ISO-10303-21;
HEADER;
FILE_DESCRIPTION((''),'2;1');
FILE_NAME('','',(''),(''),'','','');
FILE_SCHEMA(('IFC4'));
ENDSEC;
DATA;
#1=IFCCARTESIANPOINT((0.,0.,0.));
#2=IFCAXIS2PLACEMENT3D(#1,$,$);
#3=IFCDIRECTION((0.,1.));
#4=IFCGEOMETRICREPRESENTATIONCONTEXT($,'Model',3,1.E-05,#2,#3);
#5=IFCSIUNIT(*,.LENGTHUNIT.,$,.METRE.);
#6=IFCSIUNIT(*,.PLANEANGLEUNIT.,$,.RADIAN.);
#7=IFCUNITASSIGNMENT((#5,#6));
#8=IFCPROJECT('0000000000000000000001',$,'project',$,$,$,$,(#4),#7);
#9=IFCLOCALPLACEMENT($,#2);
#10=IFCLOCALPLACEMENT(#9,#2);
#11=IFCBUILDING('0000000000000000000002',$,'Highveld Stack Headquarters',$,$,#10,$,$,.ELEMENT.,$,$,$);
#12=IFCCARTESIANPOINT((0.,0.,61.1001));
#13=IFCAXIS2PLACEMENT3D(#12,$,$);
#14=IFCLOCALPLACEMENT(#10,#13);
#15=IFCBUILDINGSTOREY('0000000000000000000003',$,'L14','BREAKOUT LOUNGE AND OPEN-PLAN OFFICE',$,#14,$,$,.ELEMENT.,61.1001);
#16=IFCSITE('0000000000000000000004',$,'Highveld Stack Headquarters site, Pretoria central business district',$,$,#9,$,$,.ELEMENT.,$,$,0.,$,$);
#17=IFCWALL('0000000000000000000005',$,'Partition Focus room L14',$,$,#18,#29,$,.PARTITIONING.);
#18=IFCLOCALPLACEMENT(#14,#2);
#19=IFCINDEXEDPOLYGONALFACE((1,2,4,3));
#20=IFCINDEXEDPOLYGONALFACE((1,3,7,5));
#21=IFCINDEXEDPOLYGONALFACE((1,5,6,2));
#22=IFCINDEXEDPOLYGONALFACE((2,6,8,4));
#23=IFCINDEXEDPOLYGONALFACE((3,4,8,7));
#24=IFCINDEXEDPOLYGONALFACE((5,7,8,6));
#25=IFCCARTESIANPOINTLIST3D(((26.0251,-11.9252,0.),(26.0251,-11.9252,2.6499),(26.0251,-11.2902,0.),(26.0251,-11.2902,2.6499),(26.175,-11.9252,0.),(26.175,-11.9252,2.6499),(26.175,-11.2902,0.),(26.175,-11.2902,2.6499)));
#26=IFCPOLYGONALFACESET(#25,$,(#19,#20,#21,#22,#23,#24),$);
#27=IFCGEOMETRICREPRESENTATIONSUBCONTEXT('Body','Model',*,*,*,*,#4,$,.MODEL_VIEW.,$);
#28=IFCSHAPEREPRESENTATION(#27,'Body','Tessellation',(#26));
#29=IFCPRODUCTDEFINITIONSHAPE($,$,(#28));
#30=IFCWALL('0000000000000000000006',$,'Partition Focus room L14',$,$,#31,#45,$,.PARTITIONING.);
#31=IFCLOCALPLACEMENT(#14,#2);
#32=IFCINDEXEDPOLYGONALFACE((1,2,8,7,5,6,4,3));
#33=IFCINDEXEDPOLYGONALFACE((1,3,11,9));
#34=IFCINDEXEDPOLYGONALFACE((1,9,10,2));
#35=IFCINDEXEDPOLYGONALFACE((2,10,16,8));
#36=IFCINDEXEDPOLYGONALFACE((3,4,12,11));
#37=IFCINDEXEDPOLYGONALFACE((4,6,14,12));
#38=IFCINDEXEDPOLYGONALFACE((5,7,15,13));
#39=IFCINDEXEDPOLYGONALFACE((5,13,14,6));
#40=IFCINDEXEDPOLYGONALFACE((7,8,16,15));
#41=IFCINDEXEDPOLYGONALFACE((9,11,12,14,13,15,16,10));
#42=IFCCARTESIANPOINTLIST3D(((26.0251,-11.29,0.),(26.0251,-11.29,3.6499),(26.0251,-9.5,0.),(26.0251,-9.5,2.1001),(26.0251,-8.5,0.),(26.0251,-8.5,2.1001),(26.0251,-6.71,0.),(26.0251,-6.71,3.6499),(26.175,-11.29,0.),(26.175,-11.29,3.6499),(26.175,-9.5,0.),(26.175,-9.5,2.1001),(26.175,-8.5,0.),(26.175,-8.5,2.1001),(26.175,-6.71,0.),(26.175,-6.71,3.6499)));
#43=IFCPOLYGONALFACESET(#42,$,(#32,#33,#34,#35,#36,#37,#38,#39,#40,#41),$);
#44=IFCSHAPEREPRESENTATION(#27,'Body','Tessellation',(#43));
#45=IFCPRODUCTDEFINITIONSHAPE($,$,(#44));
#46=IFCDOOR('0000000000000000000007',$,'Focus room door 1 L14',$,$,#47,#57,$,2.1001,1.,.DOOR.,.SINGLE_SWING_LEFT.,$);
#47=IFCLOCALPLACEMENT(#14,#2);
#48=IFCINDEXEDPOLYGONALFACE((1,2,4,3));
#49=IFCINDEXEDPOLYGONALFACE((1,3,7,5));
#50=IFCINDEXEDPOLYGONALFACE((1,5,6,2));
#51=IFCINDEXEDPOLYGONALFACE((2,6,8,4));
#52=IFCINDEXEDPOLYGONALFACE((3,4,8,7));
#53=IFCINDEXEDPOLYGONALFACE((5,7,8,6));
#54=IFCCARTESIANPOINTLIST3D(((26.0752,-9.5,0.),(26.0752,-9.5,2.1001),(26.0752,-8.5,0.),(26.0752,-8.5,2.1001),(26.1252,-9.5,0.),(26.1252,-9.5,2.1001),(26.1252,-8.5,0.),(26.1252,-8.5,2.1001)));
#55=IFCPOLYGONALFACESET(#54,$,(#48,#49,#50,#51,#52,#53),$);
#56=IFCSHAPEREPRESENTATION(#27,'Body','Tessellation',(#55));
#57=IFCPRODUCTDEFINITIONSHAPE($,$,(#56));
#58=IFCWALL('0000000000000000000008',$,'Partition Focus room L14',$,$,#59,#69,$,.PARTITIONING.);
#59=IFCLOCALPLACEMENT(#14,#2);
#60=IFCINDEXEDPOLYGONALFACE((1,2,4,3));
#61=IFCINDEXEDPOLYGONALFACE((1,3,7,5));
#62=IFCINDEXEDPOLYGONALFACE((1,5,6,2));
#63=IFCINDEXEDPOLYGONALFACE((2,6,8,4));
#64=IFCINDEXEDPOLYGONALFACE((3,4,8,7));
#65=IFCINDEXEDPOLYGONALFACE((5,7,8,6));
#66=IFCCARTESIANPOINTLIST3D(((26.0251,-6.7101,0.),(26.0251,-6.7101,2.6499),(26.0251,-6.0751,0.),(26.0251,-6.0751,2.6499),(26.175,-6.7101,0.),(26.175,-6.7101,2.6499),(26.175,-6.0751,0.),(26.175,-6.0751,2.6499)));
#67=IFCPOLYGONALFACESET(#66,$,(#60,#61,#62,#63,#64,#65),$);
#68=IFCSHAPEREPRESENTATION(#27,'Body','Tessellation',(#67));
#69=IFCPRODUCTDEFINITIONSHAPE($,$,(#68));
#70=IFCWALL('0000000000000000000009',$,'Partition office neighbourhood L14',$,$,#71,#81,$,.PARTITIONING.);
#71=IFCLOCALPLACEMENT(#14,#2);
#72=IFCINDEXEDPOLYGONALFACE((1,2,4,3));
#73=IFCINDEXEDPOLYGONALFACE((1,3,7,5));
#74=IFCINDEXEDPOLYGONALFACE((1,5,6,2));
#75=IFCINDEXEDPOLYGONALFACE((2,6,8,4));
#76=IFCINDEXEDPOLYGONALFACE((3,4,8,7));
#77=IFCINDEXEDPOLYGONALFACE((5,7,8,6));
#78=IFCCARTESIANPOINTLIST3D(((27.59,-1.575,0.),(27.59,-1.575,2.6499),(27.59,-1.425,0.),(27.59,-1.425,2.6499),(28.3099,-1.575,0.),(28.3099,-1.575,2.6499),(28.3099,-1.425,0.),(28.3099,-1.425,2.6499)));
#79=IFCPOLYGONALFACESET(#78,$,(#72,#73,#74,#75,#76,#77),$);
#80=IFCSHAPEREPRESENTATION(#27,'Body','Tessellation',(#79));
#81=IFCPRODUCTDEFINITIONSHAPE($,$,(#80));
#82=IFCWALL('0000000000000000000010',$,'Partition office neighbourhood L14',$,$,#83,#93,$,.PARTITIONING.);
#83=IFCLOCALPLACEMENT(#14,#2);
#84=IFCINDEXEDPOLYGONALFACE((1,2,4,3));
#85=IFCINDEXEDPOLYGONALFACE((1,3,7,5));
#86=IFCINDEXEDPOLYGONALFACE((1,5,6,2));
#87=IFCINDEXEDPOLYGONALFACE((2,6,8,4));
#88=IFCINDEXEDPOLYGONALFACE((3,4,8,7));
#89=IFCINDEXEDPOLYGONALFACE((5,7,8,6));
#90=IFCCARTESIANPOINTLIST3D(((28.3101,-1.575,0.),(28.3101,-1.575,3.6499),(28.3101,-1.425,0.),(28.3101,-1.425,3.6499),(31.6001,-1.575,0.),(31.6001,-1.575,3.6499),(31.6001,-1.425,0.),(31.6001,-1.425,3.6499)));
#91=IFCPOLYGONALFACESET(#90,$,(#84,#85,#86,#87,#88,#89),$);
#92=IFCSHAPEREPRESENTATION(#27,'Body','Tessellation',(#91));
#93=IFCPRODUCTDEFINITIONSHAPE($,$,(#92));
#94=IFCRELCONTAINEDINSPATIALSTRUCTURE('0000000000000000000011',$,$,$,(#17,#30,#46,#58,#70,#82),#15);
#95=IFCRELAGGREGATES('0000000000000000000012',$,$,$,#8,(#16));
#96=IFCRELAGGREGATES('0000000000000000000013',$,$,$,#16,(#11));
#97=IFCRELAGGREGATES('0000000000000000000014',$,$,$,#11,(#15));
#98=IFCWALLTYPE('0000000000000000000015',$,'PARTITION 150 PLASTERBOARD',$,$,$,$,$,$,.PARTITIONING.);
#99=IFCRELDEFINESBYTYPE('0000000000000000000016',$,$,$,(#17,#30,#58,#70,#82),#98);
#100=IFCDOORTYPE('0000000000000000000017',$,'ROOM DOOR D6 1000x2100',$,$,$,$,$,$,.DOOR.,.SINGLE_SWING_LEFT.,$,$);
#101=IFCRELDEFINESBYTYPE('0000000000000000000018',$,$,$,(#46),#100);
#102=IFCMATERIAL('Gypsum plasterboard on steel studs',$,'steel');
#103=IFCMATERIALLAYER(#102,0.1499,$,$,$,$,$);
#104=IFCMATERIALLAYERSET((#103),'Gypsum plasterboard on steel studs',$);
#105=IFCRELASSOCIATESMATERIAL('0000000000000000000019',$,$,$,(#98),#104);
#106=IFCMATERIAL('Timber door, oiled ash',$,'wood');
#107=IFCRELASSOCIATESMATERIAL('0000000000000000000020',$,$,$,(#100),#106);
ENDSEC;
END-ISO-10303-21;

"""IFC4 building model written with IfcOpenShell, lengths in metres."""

from ifc_helpers import new_model, si_unit, direction, frame, frame_2d, origin, place, context, subcontext, project, spatial, rectangle, extrude, material, layer, layer_set, type_object, element, fill, save


model = new_model("IFC4")

# Units and contexts
model_context = context("Model", 3, precision=1e-05, world=origin(), true_north=direction((0.0, 1.0)))
body_context = subcontext(model_context, "Body", "Model", "MODEL_VIEW")
ifc_project = project(units=[si_unit("LENGTHUNIT", "METRE"), si_unit("PLANEANGLEUNIT", "RADIAN")], contexts=[model_context])

# Site, building, storey
site_placement = place(None, origin())
site = spatial("IfcSite", under=ifc_project, at=site_placement, Name="Highveld Stack Headquarters site, Pretoria central business district", CompositionType="ELEMENT", RefElevation=0.0)
building_placement = place(site_placement, origin())
building = spatial("IfcBuilding", under=site, at=building_placement, Name="Highveld Stack Headquarters", CompositionType="ELEMENT")
storey_placement = place(building_placement, frame((0.0, 0.0, 61.1001)))
storey = spatial("IfcBuildingStorey", under=building, at=storey_placement, Name="L14", Description="BREAKOUT LOUNGE AND OPEN-PLAN OFFICE", CompositionType="ELEMENT", Elevation=61.1001)

# Wall
ifc_material_1 = material(Name="Gypsum plasterboard on steel studs", Category="steel")
ifc_layer_1 = layer(ifc_material_1, 0.1499)
ifc_layer_set_1 = layer_set([ifc_layer_1], Name="Gypsum plasterboard on steel studs")
wall_type = type_object("IfcWallType", Name="PARTITION 150 PLASTERBOARD", PredefinedType="PARTITIONING", material=ifc_layer_set_1)
wall_1_placement = place(storey_placement, frame((26.1001, -11.925, 0.0), z_axis=(0.0, 0.0, 1.0), x_axis=(0.0, 1.0, 0.0)))
element("IfcWall", 1, at=wall_1_placement, inside=storey, type_object=wall_type, Name="Partition Focus room L14", PredefinedType="PARTITIONING", context=body_context, shape_type="SweptSolid", body=[
    extrude(rectangle(XDim=0.635, YDim=0.1499, at=frame_2d((0.3174, 0.0))), origin(), (0.0, 0.0, 1.0), 2.6499),
])

# Wall, opening, door
wall_2_placement = place(storey_placement, frame((26.1001, -11.29, 0.0), z_axis=(0.0, 0.0, 1.0), x_axis=(0.0, 1.0, 0.0)))
wall_2 = element("IfcWall", 2, at=wall_2_placement, inside=storey, type_object=wall_type, Name="Partition Focus room L14", PredefinedType="PARTITIONING", context=body_context, shape_type="SweptSolid", body=[
    extrude(rectangle(XDim=4.5801, YDim=0.1499, at=frame_2d((2.29, 0.0))), origin(), (0.0, 0.0, 1.0), 3.6499),
])
opening_placement = place(wall_2_placement, frame((1.79, 0.0, 0.0)))
opening = element("IfcOpeningElement", 3, at=opening_placement, cuts=wall_2, PredefinedType="OPENING", context=body_context, shape_type="SweptSolid", body=[
    extrude(rectangle(XDim=1.0, YDim=2.1001, at=frame_2d((0.5, 1.05))), frame((0.0, 0.085, 0.0), z_axis=(0.0, -1.0, 0.0), x_axis=(1.0, 0.0, 0.0)), (0.0, 0.0, 1.0), 0.1699),
])
ifc_material_2 = material(Name="Timber door, oiled ash", Category="wood")
door_type = type_object("IfcDoorType", Name="ROOM DOOR D6 1000x2100", OperationType="SINGLE_SWING_LEFT", PredefinedType="DOOR", material=ifc_material_2)
door_placement = place(opening_placement, origin())
door = element("IfcDoor", 4, at=door_placement, inside=storey, type_object=door_type, Name="Focus room door 1 L14", OperationType="SINGLE_SWING_LEFT", OverallHeight=2.1001, OverallWidth=1.0, PredefinedType="DOOR", context=body_context, shape_type="SweptSolid", body=[
    extrude(rectangle(XDim=1.0, YDim=2.1001, at=frame_2d((0.5, 1.05))), frame((0.0, 0.0249, 0.0), z_axis=(0.0, -1.0, 0.0), x_axis=(1.0, 0.0, 0.0)), (0.0, 0.0, 1.0), 0.05),
])
fill(opening, door)

# Walls
wall_3_placement = place(storey_placement, frame((26.1001, -6.71, 0.0), z_axis=(0.0, 0.0, 1.0), x_axis=(0.0, 1.0, 0.0)))
element("IfcWall", 5, at=wall_3_placement, inside=storey, type_object=wall_type, Name="Partition Focus room L14", PredefinedType="PARTITIONING", context=body_context, shape_type="SweptSolid", body=[
    extrude(rectangle(XDim=0.635, YDim=0.1499, at=frame_2d((0.3174, 0.0))), origin(), (0.0, 0.0, 1.0), 2.6499),
])
wall_4_placement = place(storey_placement, frame((27.5901, -1.5, 0.0), z_axis=(0.0, 0.0, 1.0), x_axis=(1.0, 0.0, 0.0)))
element("IfcWall", 6, at=wall_4_placement, inside=storey, type_object=wall_type, Name="Partition office neighbourhood L14", PredefinedType="PARTITIONING", context=body_context, shape_type="SweptSolid", body=[
    extrude(rectangle(XDim=0.72, YDim=0.1499, at=frame_2d((0.3599, 0.0))), origin(), (0.0, 0.0, 1.0), 2.6499),
])
wall_5_placement = place(storey_placement, frame((28.3101, -1.5, 0.0), z_axis=(0.0, 0.0, 1.0), x_axis=(1.0, 0.0, 0.0)))
element("IfcWall", 7, at=wall_5_placement, inside=storey, type_object=wall_type, Name="Partition office neighbourhood L14", PredefinedType="PARTITIONING", context=body_context, shape_type="SweptSolid", body=[
    extrude(rectangle(XDim=3.29, YDim=0.1499, at=frame_2d((1.645, 0.0))), origin(), (0.0, 0.0, 1.0), 3.6499),
])

save(model, "model.ifc")
